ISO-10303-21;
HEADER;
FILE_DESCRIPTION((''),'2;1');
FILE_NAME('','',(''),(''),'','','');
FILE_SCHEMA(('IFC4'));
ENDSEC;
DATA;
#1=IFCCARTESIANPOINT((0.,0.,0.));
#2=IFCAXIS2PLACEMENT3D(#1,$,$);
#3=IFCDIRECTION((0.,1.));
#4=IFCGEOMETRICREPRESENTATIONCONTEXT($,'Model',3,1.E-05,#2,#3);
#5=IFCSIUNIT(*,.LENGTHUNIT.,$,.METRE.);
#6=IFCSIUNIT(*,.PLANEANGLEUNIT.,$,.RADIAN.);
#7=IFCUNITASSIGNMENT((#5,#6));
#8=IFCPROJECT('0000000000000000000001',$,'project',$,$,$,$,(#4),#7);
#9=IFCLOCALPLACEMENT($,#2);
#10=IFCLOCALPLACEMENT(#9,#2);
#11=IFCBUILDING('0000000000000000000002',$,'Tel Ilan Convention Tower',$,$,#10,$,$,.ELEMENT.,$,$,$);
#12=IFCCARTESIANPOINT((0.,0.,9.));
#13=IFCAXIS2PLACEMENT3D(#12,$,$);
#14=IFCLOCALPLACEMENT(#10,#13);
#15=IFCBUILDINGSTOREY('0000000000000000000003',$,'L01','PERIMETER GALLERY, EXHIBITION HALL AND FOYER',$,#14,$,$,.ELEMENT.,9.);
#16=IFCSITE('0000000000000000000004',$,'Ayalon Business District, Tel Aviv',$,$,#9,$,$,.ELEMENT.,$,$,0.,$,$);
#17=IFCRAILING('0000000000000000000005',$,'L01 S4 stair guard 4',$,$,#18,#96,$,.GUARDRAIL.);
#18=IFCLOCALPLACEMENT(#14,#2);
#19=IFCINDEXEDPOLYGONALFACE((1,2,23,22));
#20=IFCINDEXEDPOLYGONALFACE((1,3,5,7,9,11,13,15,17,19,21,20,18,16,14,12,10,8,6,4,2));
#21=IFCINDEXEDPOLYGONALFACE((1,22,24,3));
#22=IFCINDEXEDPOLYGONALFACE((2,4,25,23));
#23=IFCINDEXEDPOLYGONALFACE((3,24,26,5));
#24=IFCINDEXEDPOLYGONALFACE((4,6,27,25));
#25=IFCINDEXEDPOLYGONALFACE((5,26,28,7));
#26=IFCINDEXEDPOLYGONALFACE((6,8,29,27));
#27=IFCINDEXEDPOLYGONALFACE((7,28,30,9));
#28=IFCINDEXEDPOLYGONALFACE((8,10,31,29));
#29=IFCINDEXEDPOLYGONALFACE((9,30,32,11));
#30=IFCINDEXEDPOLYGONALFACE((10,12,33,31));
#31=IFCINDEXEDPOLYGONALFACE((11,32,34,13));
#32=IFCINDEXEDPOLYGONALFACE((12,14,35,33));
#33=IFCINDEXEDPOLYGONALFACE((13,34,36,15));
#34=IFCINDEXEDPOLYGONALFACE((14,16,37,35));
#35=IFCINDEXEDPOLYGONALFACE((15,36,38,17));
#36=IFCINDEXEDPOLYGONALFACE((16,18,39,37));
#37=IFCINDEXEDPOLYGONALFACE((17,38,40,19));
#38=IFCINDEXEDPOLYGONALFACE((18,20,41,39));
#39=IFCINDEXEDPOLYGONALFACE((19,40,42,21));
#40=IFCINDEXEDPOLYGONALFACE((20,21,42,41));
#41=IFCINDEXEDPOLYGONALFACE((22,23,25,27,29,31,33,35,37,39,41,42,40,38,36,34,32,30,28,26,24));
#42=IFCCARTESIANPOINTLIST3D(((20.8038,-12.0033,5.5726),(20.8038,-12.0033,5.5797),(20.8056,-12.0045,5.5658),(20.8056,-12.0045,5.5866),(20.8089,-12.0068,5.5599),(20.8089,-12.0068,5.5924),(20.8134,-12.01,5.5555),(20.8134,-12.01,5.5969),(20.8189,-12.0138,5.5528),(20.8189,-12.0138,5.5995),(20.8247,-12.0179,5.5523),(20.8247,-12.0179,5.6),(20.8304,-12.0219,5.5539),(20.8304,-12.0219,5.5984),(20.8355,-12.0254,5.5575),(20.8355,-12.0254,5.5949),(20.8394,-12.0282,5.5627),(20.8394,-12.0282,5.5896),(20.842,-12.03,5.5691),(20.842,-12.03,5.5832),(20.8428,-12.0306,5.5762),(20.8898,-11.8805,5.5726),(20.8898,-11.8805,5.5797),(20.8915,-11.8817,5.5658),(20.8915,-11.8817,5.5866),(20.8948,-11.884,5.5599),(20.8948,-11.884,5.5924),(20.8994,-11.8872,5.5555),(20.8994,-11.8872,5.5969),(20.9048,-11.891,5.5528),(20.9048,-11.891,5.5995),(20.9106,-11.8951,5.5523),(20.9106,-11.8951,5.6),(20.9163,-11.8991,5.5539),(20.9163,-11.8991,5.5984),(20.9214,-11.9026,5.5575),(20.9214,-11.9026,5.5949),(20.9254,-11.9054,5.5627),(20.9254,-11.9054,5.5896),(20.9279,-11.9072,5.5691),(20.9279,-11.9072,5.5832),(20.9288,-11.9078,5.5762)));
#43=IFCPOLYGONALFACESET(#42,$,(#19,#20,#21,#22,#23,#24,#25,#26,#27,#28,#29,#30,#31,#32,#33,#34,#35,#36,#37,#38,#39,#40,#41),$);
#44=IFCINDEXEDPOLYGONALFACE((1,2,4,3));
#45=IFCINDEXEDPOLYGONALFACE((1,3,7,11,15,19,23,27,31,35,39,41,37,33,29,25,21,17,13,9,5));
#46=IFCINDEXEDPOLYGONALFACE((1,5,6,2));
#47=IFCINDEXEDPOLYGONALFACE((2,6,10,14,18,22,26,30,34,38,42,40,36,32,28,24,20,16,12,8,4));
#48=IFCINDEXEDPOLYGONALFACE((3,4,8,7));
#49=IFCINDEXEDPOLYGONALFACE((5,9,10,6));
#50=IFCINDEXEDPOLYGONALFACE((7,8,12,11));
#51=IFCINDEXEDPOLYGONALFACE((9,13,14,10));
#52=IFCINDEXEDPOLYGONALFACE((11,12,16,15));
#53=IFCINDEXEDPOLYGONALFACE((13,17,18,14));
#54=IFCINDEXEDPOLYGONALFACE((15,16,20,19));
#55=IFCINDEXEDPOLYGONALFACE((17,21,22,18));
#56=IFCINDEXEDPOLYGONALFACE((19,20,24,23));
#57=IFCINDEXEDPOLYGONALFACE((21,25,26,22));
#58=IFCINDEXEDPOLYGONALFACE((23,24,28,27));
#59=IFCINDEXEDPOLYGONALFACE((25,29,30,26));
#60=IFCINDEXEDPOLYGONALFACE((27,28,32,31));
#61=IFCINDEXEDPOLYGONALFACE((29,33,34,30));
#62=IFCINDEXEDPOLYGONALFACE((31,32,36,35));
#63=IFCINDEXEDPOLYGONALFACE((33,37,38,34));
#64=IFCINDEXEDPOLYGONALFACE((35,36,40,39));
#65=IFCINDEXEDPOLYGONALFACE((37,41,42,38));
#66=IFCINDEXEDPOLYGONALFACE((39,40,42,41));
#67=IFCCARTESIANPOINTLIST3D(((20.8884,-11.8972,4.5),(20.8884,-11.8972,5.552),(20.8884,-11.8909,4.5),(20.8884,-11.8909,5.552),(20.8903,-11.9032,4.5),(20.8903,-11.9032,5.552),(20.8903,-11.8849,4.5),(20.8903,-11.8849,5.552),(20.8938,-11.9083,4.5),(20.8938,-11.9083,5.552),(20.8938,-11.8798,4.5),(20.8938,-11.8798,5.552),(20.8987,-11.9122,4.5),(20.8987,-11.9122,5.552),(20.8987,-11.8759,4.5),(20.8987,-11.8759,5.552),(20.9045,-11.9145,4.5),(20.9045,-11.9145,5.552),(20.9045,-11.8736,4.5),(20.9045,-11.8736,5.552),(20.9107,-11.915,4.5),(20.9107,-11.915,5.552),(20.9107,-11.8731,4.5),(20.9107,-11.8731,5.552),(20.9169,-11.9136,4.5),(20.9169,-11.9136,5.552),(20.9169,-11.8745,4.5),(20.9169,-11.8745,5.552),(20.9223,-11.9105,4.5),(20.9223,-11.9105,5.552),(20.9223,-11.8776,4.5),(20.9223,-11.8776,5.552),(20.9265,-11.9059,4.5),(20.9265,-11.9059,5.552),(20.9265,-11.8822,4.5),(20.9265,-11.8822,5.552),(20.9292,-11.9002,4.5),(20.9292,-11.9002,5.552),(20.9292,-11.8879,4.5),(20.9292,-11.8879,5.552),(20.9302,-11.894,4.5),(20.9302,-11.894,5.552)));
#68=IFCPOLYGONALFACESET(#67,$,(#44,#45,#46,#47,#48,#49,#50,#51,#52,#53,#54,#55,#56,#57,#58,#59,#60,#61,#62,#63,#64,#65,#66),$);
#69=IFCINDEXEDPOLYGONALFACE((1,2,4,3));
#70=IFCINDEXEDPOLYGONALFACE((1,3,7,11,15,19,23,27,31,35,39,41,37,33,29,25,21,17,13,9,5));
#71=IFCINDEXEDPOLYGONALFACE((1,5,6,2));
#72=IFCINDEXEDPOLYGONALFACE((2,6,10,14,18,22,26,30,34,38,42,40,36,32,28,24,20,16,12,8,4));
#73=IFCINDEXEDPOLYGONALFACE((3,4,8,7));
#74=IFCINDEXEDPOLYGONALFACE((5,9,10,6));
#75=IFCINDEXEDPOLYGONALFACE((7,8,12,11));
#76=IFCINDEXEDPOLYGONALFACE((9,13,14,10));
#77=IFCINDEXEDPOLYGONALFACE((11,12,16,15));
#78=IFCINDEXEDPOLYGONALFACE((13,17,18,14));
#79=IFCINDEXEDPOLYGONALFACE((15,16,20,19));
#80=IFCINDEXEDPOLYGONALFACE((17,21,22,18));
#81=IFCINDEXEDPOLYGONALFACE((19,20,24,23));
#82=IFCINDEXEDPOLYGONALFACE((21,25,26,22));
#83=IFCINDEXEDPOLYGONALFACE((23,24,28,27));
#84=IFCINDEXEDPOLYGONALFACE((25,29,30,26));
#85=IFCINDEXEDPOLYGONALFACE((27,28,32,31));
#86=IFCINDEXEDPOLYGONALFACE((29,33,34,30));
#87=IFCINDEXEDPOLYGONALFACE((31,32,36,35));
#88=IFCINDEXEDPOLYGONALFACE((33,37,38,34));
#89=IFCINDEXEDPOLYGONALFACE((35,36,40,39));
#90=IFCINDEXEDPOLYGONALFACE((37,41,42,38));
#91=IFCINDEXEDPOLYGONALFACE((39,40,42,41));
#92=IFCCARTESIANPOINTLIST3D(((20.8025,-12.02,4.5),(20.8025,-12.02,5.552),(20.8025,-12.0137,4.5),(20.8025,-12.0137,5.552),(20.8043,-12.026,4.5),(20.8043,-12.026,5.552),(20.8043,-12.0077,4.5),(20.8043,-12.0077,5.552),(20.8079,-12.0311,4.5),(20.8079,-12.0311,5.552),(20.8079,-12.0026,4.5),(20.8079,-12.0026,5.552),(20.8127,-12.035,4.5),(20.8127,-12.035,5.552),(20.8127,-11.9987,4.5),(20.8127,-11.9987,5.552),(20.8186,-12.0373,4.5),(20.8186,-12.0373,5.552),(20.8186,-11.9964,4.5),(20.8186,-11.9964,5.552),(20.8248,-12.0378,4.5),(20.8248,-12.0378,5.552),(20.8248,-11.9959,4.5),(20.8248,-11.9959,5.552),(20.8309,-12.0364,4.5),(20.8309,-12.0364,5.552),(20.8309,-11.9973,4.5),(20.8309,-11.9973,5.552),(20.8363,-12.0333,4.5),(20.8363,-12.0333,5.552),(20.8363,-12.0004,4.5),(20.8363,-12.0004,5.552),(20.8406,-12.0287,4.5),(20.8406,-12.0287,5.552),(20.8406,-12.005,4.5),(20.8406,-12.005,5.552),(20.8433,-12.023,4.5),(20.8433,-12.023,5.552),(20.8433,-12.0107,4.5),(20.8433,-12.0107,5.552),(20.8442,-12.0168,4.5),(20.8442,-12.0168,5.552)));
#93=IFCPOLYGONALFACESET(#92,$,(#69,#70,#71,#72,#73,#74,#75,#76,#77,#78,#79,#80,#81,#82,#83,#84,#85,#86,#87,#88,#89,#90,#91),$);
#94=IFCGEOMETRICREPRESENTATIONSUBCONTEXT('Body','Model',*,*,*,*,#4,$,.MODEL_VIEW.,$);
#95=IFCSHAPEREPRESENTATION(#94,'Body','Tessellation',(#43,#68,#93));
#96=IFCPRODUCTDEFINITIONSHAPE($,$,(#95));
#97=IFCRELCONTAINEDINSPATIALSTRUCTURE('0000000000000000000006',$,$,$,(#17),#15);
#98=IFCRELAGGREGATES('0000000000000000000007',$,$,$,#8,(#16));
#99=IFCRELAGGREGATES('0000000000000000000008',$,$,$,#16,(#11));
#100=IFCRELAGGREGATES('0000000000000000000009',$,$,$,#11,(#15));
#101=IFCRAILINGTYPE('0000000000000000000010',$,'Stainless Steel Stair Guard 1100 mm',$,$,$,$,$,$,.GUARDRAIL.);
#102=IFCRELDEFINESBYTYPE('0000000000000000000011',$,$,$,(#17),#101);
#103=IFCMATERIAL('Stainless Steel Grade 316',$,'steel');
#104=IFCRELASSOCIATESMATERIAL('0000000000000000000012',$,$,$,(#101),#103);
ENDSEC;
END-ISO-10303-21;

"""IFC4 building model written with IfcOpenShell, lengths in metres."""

from ifc_helpers import new_model, si_unit, direction, frame, origin, origin_2d, place, context, subcontext, project, spatial, circle, extrude, material, type_object, element, save


model = new_model("IFC4")

# Units and contexts
model_context = context("Model", 3, precision=1e-05, world=origin(), true_north=direction((0.0, 1.0)))
body_context = subcontext(model_context, "Body", "Model", "MODEL_VIEW")
ifc_project = project(units=[si_unit("LENGTHUNIT", "METRE"), si_unit("PLANEANGLEUNIT", "RADIAN")], contexts=[model_context])

# Site, building, storey
site_placement = place(None, origin())
site = spatial("IfcSite", under=ifc_project, at=site_placement, Name="Ayalon Business District, Tel Aviv", CompositionType="ELEMENT", RefElevation=0.0)
building_placement = place(site_placement, origin())
building = spatial("IfcBuilding", under=site, at=building_placement, Name="Tel Ilan Convention Tower", CompositionType="ELEMENT")
storey_placement = place(building_placement, frame((0.0, 0.0, 9.0)))
storey = spatial("IfcBuildingStorey", under=building, at=storey_placement, Name="L01", Description="PERIMETER GALLERY, EXHIBITION HALL AND FOYER", CompositionType="ELEMENT", Elevation=9.0)

# Railing
ifc_material_1 = material(Name="Stainless Steel Grade 316", Category="steel")
railing_type_1 = type_object("IfcRailingType", Name="Stainless Steel Stair Guard 1100 mm", PredefinedType="GUARDRAIL", material=ifc_material_1)
railing_1_placement = place(storey_placement, frame((20.9092, -11.894, 4.5)))
element("IfcRailing", 1, at=railing_1_placement, inside=storey, type_object=railing_type_1, Name="L01 S4 stair guard 4", PredefinedType="GUARDRAIL", context=body_context, shape_type="SweptSolid", body=[
    extrude(circle(Radius=0.0239, at=origin_2d()), frame((0.0, 0.0, 1.0762), z_axis=(-0.573353, -0.819308, 0.0), x_axis=(0.819308, -0.573353, 0.0)), (0.0, 0.0, 1.0), 0.1499),
    extrude(circle(Radius=0.021, at=origin_2d()), origin(), (0.0, 0.0, 1.0), 1.052),
    extrude(circle(Radius=0.021, at=origin_2d()), frame((-0.0859, -0.1228, 0.0)), (0.0, 0.0, 1.0), 1.052),
])

save(model, "model.ifc")
